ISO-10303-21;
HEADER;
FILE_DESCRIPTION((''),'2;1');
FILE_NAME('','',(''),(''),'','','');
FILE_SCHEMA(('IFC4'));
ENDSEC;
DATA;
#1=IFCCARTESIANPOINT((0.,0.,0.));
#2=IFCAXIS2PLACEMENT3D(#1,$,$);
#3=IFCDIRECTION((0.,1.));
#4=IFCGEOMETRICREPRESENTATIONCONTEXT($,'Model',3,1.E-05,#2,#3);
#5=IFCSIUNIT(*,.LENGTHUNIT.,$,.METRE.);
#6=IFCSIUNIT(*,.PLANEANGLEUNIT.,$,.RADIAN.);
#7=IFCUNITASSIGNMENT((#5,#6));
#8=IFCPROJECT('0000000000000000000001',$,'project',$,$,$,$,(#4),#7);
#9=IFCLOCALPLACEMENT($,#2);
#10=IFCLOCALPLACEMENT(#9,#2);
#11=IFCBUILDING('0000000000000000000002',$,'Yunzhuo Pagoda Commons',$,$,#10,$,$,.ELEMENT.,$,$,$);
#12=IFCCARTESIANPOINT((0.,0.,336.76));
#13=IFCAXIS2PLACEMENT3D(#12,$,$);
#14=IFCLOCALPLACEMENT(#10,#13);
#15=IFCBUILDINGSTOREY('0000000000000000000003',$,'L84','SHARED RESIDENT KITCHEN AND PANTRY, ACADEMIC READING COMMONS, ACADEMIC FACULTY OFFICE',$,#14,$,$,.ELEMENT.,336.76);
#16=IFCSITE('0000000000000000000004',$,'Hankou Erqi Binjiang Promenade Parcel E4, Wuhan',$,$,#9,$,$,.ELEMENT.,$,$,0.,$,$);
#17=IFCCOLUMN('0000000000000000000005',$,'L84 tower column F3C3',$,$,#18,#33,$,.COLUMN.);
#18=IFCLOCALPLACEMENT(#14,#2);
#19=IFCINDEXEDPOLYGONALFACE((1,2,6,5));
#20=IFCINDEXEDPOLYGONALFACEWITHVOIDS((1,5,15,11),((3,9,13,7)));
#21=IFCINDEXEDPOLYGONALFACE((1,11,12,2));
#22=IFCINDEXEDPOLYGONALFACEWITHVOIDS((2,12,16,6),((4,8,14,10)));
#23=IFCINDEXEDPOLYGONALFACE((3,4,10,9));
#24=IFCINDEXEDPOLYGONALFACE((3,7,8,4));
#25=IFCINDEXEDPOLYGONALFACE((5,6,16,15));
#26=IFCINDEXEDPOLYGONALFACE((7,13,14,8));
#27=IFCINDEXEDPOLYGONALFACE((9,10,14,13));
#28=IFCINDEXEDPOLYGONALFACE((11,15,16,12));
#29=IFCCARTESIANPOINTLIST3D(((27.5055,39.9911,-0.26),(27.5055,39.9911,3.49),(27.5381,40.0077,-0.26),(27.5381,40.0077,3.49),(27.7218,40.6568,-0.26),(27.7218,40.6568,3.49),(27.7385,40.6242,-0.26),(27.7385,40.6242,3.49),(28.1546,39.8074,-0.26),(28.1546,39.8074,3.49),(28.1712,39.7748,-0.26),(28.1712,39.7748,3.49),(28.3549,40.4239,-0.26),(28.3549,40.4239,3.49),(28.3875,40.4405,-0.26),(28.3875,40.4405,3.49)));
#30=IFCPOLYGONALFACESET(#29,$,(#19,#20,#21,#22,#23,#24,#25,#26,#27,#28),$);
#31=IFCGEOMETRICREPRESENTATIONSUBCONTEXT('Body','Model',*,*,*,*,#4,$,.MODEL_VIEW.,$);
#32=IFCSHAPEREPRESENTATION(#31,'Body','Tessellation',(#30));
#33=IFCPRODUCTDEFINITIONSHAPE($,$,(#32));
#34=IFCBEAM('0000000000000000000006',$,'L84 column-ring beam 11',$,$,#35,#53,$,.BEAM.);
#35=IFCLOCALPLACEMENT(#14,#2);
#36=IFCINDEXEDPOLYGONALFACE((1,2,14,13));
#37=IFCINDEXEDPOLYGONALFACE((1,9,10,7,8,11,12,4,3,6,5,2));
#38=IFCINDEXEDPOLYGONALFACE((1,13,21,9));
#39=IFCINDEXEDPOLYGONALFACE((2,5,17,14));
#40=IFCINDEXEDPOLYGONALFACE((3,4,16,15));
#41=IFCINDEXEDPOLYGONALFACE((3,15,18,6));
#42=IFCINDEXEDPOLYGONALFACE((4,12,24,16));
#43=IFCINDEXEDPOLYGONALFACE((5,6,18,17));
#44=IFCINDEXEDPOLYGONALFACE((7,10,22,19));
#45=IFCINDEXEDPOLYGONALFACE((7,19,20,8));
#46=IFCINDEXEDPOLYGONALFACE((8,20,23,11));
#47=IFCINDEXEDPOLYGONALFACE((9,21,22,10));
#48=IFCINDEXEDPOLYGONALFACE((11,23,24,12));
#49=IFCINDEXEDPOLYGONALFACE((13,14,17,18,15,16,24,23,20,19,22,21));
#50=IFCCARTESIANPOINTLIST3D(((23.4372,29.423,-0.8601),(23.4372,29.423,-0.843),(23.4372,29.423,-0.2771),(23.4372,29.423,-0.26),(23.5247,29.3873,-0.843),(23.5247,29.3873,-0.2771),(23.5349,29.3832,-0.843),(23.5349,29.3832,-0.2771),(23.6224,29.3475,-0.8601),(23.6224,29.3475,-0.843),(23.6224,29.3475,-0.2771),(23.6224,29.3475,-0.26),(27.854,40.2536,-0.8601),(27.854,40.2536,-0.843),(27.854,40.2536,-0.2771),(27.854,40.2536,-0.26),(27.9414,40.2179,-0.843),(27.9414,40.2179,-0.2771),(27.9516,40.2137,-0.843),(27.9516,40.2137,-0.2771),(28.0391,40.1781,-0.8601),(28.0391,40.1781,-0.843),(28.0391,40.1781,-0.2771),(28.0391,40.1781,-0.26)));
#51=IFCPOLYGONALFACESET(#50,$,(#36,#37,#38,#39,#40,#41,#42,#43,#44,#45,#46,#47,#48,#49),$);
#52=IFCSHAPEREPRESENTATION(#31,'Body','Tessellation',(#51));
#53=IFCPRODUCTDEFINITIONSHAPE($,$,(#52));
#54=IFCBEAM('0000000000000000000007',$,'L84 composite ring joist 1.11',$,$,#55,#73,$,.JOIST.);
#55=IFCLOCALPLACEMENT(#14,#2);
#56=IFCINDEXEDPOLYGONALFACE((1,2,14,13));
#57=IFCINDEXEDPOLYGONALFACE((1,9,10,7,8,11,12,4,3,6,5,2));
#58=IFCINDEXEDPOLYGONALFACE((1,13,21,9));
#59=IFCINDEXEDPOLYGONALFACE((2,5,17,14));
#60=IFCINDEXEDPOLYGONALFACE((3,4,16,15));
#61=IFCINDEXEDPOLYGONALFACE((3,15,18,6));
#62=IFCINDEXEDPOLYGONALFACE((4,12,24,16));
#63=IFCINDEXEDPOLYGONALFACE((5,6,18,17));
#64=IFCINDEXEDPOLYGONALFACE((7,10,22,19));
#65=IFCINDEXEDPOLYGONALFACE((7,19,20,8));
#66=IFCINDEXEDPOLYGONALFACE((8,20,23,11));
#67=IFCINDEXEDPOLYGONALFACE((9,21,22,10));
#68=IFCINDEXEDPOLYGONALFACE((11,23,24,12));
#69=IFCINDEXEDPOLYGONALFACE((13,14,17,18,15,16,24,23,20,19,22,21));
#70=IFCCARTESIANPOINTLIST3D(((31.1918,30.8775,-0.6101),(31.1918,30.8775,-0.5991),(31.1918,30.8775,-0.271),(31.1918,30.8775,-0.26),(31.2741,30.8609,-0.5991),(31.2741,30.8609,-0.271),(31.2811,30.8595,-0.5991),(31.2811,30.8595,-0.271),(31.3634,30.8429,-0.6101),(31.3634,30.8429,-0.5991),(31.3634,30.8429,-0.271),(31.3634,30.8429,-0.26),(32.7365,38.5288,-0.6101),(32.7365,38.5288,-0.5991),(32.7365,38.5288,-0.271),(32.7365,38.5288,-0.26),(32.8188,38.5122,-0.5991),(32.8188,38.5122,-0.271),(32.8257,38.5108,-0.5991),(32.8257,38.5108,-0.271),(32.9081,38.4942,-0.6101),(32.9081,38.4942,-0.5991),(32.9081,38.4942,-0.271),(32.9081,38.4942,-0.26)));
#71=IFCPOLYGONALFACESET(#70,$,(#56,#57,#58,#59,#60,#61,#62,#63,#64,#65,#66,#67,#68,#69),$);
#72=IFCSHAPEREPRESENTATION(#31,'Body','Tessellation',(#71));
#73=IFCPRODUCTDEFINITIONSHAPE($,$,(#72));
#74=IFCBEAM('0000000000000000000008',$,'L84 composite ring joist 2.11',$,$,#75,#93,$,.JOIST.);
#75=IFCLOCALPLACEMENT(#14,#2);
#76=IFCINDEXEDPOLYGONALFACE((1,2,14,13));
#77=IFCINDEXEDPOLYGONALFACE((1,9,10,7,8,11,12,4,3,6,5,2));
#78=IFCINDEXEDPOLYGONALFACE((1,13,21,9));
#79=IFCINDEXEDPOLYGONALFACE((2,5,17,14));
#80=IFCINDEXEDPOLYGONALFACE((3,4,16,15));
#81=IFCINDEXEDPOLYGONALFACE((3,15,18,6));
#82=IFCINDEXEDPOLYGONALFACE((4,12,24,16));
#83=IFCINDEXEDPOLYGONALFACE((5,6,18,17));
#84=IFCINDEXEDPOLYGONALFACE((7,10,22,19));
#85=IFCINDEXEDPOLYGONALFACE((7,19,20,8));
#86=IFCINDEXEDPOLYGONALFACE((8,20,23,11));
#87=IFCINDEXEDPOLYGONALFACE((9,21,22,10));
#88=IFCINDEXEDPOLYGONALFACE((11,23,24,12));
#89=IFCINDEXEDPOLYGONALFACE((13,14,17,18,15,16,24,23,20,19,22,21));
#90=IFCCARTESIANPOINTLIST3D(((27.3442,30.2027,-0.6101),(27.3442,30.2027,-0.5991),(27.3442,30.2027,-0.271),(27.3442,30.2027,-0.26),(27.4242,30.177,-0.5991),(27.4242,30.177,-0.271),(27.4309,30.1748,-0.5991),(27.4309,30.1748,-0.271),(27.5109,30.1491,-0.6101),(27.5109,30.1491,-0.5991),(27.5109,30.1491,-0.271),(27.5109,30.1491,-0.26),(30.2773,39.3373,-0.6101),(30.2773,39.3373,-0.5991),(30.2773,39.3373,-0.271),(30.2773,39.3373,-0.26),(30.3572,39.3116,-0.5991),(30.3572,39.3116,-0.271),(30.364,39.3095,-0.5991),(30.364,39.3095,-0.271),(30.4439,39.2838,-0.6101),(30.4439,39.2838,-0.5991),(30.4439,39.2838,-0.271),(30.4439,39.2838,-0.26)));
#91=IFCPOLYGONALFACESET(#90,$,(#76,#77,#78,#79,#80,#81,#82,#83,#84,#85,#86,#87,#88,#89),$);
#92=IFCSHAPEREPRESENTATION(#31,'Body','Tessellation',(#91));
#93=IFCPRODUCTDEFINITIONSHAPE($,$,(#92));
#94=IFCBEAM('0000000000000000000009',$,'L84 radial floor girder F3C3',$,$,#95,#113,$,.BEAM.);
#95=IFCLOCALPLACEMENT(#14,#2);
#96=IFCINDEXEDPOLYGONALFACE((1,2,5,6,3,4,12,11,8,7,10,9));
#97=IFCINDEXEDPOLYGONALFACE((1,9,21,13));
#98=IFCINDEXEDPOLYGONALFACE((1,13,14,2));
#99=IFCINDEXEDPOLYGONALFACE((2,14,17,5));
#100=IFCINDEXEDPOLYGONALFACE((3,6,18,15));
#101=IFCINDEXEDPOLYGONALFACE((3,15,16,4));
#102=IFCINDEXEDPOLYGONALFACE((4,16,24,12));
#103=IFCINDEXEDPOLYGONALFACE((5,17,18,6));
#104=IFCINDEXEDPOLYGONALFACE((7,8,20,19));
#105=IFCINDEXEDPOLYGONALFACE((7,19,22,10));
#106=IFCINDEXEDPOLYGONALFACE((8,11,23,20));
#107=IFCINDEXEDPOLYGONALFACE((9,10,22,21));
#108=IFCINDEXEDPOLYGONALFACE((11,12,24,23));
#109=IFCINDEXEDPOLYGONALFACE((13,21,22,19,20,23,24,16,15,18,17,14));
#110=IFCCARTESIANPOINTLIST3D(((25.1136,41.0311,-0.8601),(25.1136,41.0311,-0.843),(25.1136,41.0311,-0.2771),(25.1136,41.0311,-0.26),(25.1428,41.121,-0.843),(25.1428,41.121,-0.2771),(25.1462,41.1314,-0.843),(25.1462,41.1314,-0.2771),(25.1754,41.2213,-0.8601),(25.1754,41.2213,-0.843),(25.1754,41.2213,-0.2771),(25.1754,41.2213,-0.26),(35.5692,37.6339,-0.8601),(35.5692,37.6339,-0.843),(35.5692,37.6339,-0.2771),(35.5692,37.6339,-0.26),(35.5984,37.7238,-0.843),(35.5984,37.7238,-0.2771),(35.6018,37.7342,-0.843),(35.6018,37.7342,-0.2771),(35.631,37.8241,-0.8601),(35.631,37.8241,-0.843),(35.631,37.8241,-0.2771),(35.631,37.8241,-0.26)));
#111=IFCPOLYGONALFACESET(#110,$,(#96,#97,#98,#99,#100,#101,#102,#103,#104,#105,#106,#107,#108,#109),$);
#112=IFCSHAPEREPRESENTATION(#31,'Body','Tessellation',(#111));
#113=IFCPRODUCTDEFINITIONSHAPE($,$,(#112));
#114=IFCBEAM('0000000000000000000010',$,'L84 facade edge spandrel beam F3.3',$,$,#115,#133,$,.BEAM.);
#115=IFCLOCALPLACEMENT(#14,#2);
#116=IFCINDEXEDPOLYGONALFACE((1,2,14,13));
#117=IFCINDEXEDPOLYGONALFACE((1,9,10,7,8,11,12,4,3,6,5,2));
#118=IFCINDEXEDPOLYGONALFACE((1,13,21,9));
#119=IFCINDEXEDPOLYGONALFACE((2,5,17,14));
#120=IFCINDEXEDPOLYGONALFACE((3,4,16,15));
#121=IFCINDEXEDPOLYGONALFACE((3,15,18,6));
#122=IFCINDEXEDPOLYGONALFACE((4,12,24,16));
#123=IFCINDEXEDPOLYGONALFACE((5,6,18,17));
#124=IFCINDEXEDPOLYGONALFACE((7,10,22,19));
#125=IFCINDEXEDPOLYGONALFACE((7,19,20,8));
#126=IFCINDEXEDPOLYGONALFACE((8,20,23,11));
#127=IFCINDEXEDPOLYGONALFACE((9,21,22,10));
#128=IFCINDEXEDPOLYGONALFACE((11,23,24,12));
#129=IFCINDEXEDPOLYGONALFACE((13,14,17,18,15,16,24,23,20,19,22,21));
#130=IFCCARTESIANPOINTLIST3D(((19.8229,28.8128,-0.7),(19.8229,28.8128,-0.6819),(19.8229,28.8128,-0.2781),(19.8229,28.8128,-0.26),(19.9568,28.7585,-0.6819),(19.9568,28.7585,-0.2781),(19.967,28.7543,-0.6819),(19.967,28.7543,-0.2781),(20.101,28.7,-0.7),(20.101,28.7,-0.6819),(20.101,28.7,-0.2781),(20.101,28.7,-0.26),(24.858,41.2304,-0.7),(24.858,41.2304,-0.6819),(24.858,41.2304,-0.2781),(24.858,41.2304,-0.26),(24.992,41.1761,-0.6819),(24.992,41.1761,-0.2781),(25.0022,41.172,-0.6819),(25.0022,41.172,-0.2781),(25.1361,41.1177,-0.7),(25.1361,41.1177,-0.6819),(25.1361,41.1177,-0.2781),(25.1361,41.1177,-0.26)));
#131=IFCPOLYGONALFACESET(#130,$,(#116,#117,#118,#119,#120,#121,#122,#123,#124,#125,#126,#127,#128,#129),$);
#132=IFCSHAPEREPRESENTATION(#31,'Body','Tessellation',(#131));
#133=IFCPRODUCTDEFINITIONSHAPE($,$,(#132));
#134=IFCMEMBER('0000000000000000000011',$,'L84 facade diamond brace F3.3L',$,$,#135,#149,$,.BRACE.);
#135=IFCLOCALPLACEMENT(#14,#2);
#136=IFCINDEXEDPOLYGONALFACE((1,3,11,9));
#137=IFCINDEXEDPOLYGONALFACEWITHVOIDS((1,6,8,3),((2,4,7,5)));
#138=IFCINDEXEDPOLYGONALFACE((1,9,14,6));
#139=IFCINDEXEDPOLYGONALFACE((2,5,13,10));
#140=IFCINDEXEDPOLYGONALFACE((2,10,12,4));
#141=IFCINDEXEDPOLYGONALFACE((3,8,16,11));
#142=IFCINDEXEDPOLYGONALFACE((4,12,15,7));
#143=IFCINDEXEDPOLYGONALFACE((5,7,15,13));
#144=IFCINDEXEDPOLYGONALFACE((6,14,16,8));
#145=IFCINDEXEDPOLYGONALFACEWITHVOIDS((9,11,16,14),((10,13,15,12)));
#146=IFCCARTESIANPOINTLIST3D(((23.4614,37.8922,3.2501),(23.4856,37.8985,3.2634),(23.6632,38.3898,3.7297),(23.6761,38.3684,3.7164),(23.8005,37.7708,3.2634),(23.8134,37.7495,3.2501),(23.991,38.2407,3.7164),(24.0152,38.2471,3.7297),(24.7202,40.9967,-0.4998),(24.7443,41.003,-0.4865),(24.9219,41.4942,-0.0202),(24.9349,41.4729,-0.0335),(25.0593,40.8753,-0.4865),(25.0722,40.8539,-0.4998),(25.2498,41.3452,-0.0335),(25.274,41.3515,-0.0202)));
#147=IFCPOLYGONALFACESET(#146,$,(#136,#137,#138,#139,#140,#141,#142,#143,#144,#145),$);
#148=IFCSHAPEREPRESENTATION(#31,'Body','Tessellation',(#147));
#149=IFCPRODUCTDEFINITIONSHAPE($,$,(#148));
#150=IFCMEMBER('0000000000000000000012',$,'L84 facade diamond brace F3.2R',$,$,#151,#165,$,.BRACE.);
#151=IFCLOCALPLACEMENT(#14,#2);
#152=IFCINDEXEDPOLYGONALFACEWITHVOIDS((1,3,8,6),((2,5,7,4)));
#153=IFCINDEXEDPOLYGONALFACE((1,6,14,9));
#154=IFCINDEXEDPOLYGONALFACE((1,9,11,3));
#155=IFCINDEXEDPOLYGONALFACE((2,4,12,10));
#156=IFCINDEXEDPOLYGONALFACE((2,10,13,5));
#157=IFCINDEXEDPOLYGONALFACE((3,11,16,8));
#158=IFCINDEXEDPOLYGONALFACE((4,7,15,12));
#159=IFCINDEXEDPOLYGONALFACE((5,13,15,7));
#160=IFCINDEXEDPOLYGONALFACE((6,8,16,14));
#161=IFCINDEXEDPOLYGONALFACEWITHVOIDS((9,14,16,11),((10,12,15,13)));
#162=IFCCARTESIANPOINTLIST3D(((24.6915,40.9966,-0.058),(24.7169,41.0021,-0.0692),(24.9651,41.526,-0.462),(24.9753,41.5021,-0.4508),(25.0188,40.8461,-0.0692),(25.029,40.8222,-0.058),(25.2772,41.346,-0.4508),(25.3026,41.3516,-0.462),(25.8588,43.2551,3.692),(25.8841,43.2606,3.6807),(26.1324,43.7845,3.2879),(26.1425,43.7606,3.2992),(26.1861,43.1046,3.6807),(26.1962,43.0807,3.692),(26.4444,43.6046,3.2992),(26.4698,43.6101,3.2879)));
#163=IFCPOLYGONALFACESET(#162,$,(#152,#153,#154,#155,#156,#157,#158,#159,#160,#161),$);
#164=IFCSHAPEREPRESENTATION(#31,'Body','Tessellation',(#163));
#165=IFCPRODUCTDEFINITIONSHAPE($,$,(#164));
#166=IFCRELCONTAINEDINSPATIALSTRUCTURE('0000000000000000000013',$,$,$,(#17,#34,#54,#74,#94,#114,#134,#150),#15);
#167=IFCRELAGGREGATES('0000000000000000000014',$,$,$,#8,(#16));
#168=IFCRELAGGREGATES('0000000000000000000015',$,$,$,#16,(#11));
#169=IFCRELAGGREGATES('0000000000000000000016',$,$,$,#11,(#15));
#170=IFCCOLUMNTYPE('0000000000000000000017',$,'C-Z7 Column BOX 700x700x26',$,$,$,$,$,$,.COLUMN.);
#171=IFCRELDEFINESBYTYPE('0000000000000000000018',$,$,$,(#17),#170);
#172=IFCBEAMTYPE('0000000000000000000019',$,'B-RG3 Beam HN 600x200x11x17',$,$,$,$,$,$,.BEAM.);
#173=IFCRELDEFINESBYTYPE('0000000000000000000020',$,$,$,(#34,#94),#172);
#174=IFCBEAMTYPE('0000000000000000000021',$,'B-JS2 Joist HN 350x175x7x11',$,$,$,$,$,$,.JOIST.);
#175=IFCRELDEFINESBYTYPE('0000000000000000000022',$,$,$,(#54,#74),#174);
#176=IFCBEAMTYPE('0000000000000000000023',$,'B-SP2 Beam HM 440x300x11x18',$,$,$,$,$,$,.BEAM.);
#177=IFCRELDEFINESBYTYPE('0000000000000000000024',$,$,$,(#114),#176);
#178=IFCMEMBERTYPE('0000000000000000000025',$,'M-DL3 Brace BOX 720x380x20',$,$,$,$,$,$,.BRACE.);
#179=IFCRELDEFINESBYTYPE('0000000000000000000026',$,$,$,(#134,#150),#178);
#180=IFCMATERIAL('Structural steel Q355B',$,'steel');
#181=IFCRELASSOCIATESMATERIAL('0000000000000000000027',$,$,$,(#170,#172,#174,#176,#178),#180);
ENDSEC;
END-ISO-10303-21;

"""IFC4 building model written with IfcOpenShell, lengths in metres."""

from ifc_helpers import new_model, si_unit, direction, frame, origin, origin_2d, place, context, subcontext, project, spatial, hollow_rectangle, i_section, extrude, source, transform, mapped, material, material_profile, profile_set, type_object, element, save


model = new_model("IFC4")

# Units and contexts
model_context = context("Model", 3, precision=1e-05, world=origin(), true_north=direction((0.0, 1.0)))
body_context = subcontext(model_context, "Body", "Model", "MODEL_VIEW")
ifc_project = project(units=[si_unit("LENGTHUNIT", "METRE"), si_unit("PLANEANGLEUNIT", "RADIAN")], contexts=[model_context])

# Site, building, storey
site_placement = place(None, origin())
site = spatial("IfcSite", under=ifc_project, at=site_placement, Name="Hankou Erqi Binjiang Promenade Parcel E4, Wuhan", CompositionType="ELEMENT", RefElevation=0.0)
building_placement = place(site_placement, origin())
building = spatial("IfcBuilding", under=site, at=building_placement, Name="Yunzhuo Pagoda Commons", CompositionType="ELEMENT")
storey_placement = place(building_placement, frame((0.0, 0.0, 336.76)))
storey = spatial("IfcBuildingStorey", under=building, at=storey_placement, Name="L84", Description="SHARED RESIDENT KITCHEN AND PANTRY, ACADEMIC READING COMMONS, ACADEMIC FACULTY OFFICE", CompositionType="ELEMENT", Elevation=336.76)

# Column
ifc_material_1 = material(Name="Structural steel Q355B", Category="steel")
ifc_material_profile_1 = material_profile(ifc_material_1, hollow_rectangle(XDim=0.7, YDim=0.7, WallThickness=0.0259, at=origin_2d()), Name="Structural steel Q355B")
ifc_profile_set_1 = profile_set([ifc_material_profile_1], Name="Structural steel Q355B")
column_type = type_object("IfcColumnType", Name="C-Z7 Column BOX 700x700x26", PredefinedType="COLUMN", material=ifc_profile_set_1)
shared_shape_1 = source(origin(), body_context, "Body", "SweptSolid", [
    extrude(hollow_rectangle(XDim=0.7, YDim=0.7, WallThickness=0.0259, at=origin_2d()), origin(), (0.0, 0.0, 1.0), 3.75),
])
column_placement = place(storey_placement, frame((27.9465, 40.2158, -0.26), z_axis=(0.0, 0.0, 1.0), x_axis=(-0.309017, -0.951057, 0.0)))
element("IfcColumn", 1, at=column_placement, inside=storey, type_object=column_type, Name="L84 tower column F3C3", PredefinedType="COLUMN", context=body_context, shape_type="MappedRepresentation", body=[
    mapped(shared_shape_1, transform((0.0, 0.0, 0.0), scale=1.0)),
])

# Beams
ifc_material_profile_2 = material_profile(ifc_material_1, i_section(OverallWidth=0.2, OverallDepth=0.6001, WebThickness=0.011, FlangeThickness=0.0171, at=origin_2d()), Name="Structural steel Q355B")
ifc_profile_set_2 = profile_set([ifc_material_profile_2], Name="Structural steel Q355B")
beam_type_1 = type_object("IfcBeamType", Name="B-RG3 Beam HN 600x200x11x17", PredefinedType="BEAM", material=ifc_profile_set_2)
shared_shape_2 = source(origin(), body_context, "Body", "SweptSolid", [
    extrude(i_section(OverallWidth=0.2, OverallDepth=0.6001, WebThickness=0.011, FlangeThickness=0.0171, at=origin_2d()), origin(), (0.0, 0.0, 1.0), 11.6965),
])
beam_1_placement = place(storey_placement, frame((27.9465, 40.2158, -0.5601), z_axis=(-0.377612, -0.925964, 0.0), x_axis=(0.925964, -0.377612, 0.0)))
element("IfcBeam", 2, at=beam_1_placement, inside=storey, type_object=beam_type_1, Name="L84 column-ring beam 11", PredefinedType="BEAM", context=body_context, shape_type="MappedRepresentation", body=[
    mapped(shared_shape_2, transform((0.0, 0.0, 0.0), scale=1.0)),
])
ifc_material_profile_3 = material_profile(ifc_material_1, i_section(OverallWidth=0.175, OverallDepth=0.3501, WebThickness=0.0071, FlangeThickness=0.011, at=origin_2d()), Name="Structural steel Q355B")
ifc_profile_set_3 = profile_set([ifc_material_profile_3], Name="Structural steel Q355B")
beam_type_2 = type_object("IfcBeamType", Name="B-JS2 Joist HN 350x175x7x11", PredefinedType="JOIST", material=ifc_profile_set_3)
shared_shape_3 = source(origin(), body_context, "Body", "SweptSolid", [
    extrude(i_section(OverallWidth=0.175, OverallDepth=0.3501, WebThickness=0.0071, FlangeThickness=0.011, at=origin_2d()), origin(), (0.0, 0.0, 1.0), 7.8057),
])
beam_2_placement = place(storey_placement, frame((32.8223, 38.5115, -0.4351), z_axis=(-0.19789, -0.980224, 0.0), x_axis=(0.980224, -0.19789, 0.0)))
element("IfcBeam", 3, at=beam_2_placement, inside=storey, type_object=beam_type_2, Name="L84 composite ring joist 1.11", PredefinedType="JOIST", context=body_context, shape_type="MappedRepresentation", body=[
    mapped(shared_shape_3, transform((0.0, 0.0, 0.0), scale=1.0)),
])
shared_shape_4 = source(origin(), body_context, "Body", "SweptSolid", [
    extrude(i_section(OverallWidth=0.175, OverallDepth=0.3501, WebThickness=0.0071, FlangeThickness=0.011, at=origin_2d()), origin(), (0.0, 0.0, 1.0), 9.594),
])
beam_3_placement = place(storey_placement, frame((30.3606, 39.3105, -0.4351), z_axis=(-0.305719, -0.952122, 0.0), x_axis=(0.952122, -0.305719, 0.0)))
element("IfcBeam", 4, at=beam_3_placement, inside=storey, type_object=beam_type_2, Name="L84 composite ring joist 2.11", PredefinedType="JOIST", context=body_context, shape_type="MappedRepresentation", body=[
    mapped(shared_shape_4, transform((0.0, 0.0, 0.0), scale=1.0)),
])
shared_shape_5 = source(origin(), body_context, "Body", "SweptSolid", [
    extrude(i_section(OverallWidth=0.2, OverallDepth=0.6001, WebThickness=0.011, FlangeThickness=0.0171, at=origin_2d()), origin(), (0.0, 0.0, 1.0), 10.9937),
])
beam_4_placement = place(storey_placement, frame((25.1445, 41.1262, -0.5601), z_axis=(0.951057, -0.309017, 0.0), x_axis=(0.309017, 0.951057, 0.0)))
element("IfcBeam", 5, at=beam_4_placement, inside=storey, type_object=beam_type_1, Name="L84 radial floor girder F3C3", PredefinedType="BEAM", context=body_context, shape_type="MappedRepresentation", body=[
    mapped(shared_shape_5, transform((0.0, 0.0, 0.0), scale=1.0)),
])
ifc_material_profile_4 = material_profile(ifc_material_1, i_section(OverallWidth=0.3, OverallDepth=0.4399, WebThickness=0.011, FlangeThickness=0.0181, at=origin_2d()), Name="Structural steel Q355B")
ifc_profile_set_4 = profile_set([ifc_material_profile_4], Name="Structural steel Q355B")
beam_type_3 = type_object("IfcBeamType", Name="B-SP2 Beam HM 440x300x11x18", PredefinedType="BEAM", material=ifc_profile_set_4)
shared_shape_6 = source(origin(), body_context, "Body", "SweptSolid", [
    extrude(i_section(OverallWidth=0.3, OverallDepth=0.4399, WebThickness=0.011, FlangeThickness=0.0181, at=origin_2d()), origin(), (0.0, 0.0, 1.0), 13.3997),
])
beam_5_placement = place(storey_placement, frame((24.9971, 41.1741, -0.48), z_axis=(-0.375766, -0.926715, 0.0), x_axis=(0.926715, -0.375766, 0.0)))
element("IfcBeam", 6, at=beam_5_placement, inside=storey, type_object=beam_type_3, Name="L84 facade edge spandrel beam F3.3", PredefinedType="BEAM", context=body_context, shape_type="MappedRepresentation", body=[
    mapped(shared_shape_6, transform((0.0, 0.0, 0.0), scale=1.0)),
])

# Members
ifc_material_profile_5 = material_profile(ifc_material_1, hollow_rectangle(XDim=0.3799, YDim=0.72, WallThickness=0.02, at=origin_2d()), Name="Structural steel Q355B")
ifc_profile_set_5 = profile_set([ifc_material_profile_5], Name="Structural steel Q355B")
member_type_1 = type_object("IfcMemberType", Name="M-DL3 Brace BOX 720x380x20", PredefinedType="BRACE", material=ifc_profile_set_5)
shared_shape_7 = source(origin(), body_context, "Body", "SweptSolid", [
    extrude(hollow_rectangle(XDim=0.3799, YDim=0.72, WallThickness=0.02, at=origin_2d()), origin(), (0.0, 0.0, 1.0), 5.0283),
])
member_1_placement = place(storey_placement, frame((24.9971, 41.1741, -0.26), z_axis=(-0.250335, -0.61739, 0.745762), x_axis=(0.926717, -0.375759, 0.0)))
element("IfcMember", 7, at=member_1_placement, inside=storey, type_object=member_type_1, Name="L84 facade diamond brace F3.3L", PredefinedType="BRACE", context=body_context, shape_type="MappedRepresentation", body=[
    mapped(shared_shape_7, transform((0.0, 0.0, 0.0), scale=1.0)),
])
shared_shape_8 = source(origin(), body_context, "Body", "SweptSolid", [
    extrude(hollow_rectangle(XDim=0.3799, YDim=0.72, WallThickness=0.02, at=origin_2d()), origin(), (0.0, 0.0, 1.0), 4.5305),
])
member_2_placement = place(storey_placement, frame((24.9971, 41.1741, -0.26), z_axis=(0.257636, 0.498514, 0.827712), x_axis=(-0.888374, 0.45912, 0.0)))
element("IfcMember", 8, at=member_2_placement, inside=storey, type_object=member_type_1, Name="L84 facade diamond brace F3.2R", PredefinedType="BRACE", context=body_context, shape_type="MappedRepresentation", body=[
    mapped(shared_shape_8, transform((0.0, 0.0, 0.0), scale=1.0)),
])

save(model, "model.ifc")
